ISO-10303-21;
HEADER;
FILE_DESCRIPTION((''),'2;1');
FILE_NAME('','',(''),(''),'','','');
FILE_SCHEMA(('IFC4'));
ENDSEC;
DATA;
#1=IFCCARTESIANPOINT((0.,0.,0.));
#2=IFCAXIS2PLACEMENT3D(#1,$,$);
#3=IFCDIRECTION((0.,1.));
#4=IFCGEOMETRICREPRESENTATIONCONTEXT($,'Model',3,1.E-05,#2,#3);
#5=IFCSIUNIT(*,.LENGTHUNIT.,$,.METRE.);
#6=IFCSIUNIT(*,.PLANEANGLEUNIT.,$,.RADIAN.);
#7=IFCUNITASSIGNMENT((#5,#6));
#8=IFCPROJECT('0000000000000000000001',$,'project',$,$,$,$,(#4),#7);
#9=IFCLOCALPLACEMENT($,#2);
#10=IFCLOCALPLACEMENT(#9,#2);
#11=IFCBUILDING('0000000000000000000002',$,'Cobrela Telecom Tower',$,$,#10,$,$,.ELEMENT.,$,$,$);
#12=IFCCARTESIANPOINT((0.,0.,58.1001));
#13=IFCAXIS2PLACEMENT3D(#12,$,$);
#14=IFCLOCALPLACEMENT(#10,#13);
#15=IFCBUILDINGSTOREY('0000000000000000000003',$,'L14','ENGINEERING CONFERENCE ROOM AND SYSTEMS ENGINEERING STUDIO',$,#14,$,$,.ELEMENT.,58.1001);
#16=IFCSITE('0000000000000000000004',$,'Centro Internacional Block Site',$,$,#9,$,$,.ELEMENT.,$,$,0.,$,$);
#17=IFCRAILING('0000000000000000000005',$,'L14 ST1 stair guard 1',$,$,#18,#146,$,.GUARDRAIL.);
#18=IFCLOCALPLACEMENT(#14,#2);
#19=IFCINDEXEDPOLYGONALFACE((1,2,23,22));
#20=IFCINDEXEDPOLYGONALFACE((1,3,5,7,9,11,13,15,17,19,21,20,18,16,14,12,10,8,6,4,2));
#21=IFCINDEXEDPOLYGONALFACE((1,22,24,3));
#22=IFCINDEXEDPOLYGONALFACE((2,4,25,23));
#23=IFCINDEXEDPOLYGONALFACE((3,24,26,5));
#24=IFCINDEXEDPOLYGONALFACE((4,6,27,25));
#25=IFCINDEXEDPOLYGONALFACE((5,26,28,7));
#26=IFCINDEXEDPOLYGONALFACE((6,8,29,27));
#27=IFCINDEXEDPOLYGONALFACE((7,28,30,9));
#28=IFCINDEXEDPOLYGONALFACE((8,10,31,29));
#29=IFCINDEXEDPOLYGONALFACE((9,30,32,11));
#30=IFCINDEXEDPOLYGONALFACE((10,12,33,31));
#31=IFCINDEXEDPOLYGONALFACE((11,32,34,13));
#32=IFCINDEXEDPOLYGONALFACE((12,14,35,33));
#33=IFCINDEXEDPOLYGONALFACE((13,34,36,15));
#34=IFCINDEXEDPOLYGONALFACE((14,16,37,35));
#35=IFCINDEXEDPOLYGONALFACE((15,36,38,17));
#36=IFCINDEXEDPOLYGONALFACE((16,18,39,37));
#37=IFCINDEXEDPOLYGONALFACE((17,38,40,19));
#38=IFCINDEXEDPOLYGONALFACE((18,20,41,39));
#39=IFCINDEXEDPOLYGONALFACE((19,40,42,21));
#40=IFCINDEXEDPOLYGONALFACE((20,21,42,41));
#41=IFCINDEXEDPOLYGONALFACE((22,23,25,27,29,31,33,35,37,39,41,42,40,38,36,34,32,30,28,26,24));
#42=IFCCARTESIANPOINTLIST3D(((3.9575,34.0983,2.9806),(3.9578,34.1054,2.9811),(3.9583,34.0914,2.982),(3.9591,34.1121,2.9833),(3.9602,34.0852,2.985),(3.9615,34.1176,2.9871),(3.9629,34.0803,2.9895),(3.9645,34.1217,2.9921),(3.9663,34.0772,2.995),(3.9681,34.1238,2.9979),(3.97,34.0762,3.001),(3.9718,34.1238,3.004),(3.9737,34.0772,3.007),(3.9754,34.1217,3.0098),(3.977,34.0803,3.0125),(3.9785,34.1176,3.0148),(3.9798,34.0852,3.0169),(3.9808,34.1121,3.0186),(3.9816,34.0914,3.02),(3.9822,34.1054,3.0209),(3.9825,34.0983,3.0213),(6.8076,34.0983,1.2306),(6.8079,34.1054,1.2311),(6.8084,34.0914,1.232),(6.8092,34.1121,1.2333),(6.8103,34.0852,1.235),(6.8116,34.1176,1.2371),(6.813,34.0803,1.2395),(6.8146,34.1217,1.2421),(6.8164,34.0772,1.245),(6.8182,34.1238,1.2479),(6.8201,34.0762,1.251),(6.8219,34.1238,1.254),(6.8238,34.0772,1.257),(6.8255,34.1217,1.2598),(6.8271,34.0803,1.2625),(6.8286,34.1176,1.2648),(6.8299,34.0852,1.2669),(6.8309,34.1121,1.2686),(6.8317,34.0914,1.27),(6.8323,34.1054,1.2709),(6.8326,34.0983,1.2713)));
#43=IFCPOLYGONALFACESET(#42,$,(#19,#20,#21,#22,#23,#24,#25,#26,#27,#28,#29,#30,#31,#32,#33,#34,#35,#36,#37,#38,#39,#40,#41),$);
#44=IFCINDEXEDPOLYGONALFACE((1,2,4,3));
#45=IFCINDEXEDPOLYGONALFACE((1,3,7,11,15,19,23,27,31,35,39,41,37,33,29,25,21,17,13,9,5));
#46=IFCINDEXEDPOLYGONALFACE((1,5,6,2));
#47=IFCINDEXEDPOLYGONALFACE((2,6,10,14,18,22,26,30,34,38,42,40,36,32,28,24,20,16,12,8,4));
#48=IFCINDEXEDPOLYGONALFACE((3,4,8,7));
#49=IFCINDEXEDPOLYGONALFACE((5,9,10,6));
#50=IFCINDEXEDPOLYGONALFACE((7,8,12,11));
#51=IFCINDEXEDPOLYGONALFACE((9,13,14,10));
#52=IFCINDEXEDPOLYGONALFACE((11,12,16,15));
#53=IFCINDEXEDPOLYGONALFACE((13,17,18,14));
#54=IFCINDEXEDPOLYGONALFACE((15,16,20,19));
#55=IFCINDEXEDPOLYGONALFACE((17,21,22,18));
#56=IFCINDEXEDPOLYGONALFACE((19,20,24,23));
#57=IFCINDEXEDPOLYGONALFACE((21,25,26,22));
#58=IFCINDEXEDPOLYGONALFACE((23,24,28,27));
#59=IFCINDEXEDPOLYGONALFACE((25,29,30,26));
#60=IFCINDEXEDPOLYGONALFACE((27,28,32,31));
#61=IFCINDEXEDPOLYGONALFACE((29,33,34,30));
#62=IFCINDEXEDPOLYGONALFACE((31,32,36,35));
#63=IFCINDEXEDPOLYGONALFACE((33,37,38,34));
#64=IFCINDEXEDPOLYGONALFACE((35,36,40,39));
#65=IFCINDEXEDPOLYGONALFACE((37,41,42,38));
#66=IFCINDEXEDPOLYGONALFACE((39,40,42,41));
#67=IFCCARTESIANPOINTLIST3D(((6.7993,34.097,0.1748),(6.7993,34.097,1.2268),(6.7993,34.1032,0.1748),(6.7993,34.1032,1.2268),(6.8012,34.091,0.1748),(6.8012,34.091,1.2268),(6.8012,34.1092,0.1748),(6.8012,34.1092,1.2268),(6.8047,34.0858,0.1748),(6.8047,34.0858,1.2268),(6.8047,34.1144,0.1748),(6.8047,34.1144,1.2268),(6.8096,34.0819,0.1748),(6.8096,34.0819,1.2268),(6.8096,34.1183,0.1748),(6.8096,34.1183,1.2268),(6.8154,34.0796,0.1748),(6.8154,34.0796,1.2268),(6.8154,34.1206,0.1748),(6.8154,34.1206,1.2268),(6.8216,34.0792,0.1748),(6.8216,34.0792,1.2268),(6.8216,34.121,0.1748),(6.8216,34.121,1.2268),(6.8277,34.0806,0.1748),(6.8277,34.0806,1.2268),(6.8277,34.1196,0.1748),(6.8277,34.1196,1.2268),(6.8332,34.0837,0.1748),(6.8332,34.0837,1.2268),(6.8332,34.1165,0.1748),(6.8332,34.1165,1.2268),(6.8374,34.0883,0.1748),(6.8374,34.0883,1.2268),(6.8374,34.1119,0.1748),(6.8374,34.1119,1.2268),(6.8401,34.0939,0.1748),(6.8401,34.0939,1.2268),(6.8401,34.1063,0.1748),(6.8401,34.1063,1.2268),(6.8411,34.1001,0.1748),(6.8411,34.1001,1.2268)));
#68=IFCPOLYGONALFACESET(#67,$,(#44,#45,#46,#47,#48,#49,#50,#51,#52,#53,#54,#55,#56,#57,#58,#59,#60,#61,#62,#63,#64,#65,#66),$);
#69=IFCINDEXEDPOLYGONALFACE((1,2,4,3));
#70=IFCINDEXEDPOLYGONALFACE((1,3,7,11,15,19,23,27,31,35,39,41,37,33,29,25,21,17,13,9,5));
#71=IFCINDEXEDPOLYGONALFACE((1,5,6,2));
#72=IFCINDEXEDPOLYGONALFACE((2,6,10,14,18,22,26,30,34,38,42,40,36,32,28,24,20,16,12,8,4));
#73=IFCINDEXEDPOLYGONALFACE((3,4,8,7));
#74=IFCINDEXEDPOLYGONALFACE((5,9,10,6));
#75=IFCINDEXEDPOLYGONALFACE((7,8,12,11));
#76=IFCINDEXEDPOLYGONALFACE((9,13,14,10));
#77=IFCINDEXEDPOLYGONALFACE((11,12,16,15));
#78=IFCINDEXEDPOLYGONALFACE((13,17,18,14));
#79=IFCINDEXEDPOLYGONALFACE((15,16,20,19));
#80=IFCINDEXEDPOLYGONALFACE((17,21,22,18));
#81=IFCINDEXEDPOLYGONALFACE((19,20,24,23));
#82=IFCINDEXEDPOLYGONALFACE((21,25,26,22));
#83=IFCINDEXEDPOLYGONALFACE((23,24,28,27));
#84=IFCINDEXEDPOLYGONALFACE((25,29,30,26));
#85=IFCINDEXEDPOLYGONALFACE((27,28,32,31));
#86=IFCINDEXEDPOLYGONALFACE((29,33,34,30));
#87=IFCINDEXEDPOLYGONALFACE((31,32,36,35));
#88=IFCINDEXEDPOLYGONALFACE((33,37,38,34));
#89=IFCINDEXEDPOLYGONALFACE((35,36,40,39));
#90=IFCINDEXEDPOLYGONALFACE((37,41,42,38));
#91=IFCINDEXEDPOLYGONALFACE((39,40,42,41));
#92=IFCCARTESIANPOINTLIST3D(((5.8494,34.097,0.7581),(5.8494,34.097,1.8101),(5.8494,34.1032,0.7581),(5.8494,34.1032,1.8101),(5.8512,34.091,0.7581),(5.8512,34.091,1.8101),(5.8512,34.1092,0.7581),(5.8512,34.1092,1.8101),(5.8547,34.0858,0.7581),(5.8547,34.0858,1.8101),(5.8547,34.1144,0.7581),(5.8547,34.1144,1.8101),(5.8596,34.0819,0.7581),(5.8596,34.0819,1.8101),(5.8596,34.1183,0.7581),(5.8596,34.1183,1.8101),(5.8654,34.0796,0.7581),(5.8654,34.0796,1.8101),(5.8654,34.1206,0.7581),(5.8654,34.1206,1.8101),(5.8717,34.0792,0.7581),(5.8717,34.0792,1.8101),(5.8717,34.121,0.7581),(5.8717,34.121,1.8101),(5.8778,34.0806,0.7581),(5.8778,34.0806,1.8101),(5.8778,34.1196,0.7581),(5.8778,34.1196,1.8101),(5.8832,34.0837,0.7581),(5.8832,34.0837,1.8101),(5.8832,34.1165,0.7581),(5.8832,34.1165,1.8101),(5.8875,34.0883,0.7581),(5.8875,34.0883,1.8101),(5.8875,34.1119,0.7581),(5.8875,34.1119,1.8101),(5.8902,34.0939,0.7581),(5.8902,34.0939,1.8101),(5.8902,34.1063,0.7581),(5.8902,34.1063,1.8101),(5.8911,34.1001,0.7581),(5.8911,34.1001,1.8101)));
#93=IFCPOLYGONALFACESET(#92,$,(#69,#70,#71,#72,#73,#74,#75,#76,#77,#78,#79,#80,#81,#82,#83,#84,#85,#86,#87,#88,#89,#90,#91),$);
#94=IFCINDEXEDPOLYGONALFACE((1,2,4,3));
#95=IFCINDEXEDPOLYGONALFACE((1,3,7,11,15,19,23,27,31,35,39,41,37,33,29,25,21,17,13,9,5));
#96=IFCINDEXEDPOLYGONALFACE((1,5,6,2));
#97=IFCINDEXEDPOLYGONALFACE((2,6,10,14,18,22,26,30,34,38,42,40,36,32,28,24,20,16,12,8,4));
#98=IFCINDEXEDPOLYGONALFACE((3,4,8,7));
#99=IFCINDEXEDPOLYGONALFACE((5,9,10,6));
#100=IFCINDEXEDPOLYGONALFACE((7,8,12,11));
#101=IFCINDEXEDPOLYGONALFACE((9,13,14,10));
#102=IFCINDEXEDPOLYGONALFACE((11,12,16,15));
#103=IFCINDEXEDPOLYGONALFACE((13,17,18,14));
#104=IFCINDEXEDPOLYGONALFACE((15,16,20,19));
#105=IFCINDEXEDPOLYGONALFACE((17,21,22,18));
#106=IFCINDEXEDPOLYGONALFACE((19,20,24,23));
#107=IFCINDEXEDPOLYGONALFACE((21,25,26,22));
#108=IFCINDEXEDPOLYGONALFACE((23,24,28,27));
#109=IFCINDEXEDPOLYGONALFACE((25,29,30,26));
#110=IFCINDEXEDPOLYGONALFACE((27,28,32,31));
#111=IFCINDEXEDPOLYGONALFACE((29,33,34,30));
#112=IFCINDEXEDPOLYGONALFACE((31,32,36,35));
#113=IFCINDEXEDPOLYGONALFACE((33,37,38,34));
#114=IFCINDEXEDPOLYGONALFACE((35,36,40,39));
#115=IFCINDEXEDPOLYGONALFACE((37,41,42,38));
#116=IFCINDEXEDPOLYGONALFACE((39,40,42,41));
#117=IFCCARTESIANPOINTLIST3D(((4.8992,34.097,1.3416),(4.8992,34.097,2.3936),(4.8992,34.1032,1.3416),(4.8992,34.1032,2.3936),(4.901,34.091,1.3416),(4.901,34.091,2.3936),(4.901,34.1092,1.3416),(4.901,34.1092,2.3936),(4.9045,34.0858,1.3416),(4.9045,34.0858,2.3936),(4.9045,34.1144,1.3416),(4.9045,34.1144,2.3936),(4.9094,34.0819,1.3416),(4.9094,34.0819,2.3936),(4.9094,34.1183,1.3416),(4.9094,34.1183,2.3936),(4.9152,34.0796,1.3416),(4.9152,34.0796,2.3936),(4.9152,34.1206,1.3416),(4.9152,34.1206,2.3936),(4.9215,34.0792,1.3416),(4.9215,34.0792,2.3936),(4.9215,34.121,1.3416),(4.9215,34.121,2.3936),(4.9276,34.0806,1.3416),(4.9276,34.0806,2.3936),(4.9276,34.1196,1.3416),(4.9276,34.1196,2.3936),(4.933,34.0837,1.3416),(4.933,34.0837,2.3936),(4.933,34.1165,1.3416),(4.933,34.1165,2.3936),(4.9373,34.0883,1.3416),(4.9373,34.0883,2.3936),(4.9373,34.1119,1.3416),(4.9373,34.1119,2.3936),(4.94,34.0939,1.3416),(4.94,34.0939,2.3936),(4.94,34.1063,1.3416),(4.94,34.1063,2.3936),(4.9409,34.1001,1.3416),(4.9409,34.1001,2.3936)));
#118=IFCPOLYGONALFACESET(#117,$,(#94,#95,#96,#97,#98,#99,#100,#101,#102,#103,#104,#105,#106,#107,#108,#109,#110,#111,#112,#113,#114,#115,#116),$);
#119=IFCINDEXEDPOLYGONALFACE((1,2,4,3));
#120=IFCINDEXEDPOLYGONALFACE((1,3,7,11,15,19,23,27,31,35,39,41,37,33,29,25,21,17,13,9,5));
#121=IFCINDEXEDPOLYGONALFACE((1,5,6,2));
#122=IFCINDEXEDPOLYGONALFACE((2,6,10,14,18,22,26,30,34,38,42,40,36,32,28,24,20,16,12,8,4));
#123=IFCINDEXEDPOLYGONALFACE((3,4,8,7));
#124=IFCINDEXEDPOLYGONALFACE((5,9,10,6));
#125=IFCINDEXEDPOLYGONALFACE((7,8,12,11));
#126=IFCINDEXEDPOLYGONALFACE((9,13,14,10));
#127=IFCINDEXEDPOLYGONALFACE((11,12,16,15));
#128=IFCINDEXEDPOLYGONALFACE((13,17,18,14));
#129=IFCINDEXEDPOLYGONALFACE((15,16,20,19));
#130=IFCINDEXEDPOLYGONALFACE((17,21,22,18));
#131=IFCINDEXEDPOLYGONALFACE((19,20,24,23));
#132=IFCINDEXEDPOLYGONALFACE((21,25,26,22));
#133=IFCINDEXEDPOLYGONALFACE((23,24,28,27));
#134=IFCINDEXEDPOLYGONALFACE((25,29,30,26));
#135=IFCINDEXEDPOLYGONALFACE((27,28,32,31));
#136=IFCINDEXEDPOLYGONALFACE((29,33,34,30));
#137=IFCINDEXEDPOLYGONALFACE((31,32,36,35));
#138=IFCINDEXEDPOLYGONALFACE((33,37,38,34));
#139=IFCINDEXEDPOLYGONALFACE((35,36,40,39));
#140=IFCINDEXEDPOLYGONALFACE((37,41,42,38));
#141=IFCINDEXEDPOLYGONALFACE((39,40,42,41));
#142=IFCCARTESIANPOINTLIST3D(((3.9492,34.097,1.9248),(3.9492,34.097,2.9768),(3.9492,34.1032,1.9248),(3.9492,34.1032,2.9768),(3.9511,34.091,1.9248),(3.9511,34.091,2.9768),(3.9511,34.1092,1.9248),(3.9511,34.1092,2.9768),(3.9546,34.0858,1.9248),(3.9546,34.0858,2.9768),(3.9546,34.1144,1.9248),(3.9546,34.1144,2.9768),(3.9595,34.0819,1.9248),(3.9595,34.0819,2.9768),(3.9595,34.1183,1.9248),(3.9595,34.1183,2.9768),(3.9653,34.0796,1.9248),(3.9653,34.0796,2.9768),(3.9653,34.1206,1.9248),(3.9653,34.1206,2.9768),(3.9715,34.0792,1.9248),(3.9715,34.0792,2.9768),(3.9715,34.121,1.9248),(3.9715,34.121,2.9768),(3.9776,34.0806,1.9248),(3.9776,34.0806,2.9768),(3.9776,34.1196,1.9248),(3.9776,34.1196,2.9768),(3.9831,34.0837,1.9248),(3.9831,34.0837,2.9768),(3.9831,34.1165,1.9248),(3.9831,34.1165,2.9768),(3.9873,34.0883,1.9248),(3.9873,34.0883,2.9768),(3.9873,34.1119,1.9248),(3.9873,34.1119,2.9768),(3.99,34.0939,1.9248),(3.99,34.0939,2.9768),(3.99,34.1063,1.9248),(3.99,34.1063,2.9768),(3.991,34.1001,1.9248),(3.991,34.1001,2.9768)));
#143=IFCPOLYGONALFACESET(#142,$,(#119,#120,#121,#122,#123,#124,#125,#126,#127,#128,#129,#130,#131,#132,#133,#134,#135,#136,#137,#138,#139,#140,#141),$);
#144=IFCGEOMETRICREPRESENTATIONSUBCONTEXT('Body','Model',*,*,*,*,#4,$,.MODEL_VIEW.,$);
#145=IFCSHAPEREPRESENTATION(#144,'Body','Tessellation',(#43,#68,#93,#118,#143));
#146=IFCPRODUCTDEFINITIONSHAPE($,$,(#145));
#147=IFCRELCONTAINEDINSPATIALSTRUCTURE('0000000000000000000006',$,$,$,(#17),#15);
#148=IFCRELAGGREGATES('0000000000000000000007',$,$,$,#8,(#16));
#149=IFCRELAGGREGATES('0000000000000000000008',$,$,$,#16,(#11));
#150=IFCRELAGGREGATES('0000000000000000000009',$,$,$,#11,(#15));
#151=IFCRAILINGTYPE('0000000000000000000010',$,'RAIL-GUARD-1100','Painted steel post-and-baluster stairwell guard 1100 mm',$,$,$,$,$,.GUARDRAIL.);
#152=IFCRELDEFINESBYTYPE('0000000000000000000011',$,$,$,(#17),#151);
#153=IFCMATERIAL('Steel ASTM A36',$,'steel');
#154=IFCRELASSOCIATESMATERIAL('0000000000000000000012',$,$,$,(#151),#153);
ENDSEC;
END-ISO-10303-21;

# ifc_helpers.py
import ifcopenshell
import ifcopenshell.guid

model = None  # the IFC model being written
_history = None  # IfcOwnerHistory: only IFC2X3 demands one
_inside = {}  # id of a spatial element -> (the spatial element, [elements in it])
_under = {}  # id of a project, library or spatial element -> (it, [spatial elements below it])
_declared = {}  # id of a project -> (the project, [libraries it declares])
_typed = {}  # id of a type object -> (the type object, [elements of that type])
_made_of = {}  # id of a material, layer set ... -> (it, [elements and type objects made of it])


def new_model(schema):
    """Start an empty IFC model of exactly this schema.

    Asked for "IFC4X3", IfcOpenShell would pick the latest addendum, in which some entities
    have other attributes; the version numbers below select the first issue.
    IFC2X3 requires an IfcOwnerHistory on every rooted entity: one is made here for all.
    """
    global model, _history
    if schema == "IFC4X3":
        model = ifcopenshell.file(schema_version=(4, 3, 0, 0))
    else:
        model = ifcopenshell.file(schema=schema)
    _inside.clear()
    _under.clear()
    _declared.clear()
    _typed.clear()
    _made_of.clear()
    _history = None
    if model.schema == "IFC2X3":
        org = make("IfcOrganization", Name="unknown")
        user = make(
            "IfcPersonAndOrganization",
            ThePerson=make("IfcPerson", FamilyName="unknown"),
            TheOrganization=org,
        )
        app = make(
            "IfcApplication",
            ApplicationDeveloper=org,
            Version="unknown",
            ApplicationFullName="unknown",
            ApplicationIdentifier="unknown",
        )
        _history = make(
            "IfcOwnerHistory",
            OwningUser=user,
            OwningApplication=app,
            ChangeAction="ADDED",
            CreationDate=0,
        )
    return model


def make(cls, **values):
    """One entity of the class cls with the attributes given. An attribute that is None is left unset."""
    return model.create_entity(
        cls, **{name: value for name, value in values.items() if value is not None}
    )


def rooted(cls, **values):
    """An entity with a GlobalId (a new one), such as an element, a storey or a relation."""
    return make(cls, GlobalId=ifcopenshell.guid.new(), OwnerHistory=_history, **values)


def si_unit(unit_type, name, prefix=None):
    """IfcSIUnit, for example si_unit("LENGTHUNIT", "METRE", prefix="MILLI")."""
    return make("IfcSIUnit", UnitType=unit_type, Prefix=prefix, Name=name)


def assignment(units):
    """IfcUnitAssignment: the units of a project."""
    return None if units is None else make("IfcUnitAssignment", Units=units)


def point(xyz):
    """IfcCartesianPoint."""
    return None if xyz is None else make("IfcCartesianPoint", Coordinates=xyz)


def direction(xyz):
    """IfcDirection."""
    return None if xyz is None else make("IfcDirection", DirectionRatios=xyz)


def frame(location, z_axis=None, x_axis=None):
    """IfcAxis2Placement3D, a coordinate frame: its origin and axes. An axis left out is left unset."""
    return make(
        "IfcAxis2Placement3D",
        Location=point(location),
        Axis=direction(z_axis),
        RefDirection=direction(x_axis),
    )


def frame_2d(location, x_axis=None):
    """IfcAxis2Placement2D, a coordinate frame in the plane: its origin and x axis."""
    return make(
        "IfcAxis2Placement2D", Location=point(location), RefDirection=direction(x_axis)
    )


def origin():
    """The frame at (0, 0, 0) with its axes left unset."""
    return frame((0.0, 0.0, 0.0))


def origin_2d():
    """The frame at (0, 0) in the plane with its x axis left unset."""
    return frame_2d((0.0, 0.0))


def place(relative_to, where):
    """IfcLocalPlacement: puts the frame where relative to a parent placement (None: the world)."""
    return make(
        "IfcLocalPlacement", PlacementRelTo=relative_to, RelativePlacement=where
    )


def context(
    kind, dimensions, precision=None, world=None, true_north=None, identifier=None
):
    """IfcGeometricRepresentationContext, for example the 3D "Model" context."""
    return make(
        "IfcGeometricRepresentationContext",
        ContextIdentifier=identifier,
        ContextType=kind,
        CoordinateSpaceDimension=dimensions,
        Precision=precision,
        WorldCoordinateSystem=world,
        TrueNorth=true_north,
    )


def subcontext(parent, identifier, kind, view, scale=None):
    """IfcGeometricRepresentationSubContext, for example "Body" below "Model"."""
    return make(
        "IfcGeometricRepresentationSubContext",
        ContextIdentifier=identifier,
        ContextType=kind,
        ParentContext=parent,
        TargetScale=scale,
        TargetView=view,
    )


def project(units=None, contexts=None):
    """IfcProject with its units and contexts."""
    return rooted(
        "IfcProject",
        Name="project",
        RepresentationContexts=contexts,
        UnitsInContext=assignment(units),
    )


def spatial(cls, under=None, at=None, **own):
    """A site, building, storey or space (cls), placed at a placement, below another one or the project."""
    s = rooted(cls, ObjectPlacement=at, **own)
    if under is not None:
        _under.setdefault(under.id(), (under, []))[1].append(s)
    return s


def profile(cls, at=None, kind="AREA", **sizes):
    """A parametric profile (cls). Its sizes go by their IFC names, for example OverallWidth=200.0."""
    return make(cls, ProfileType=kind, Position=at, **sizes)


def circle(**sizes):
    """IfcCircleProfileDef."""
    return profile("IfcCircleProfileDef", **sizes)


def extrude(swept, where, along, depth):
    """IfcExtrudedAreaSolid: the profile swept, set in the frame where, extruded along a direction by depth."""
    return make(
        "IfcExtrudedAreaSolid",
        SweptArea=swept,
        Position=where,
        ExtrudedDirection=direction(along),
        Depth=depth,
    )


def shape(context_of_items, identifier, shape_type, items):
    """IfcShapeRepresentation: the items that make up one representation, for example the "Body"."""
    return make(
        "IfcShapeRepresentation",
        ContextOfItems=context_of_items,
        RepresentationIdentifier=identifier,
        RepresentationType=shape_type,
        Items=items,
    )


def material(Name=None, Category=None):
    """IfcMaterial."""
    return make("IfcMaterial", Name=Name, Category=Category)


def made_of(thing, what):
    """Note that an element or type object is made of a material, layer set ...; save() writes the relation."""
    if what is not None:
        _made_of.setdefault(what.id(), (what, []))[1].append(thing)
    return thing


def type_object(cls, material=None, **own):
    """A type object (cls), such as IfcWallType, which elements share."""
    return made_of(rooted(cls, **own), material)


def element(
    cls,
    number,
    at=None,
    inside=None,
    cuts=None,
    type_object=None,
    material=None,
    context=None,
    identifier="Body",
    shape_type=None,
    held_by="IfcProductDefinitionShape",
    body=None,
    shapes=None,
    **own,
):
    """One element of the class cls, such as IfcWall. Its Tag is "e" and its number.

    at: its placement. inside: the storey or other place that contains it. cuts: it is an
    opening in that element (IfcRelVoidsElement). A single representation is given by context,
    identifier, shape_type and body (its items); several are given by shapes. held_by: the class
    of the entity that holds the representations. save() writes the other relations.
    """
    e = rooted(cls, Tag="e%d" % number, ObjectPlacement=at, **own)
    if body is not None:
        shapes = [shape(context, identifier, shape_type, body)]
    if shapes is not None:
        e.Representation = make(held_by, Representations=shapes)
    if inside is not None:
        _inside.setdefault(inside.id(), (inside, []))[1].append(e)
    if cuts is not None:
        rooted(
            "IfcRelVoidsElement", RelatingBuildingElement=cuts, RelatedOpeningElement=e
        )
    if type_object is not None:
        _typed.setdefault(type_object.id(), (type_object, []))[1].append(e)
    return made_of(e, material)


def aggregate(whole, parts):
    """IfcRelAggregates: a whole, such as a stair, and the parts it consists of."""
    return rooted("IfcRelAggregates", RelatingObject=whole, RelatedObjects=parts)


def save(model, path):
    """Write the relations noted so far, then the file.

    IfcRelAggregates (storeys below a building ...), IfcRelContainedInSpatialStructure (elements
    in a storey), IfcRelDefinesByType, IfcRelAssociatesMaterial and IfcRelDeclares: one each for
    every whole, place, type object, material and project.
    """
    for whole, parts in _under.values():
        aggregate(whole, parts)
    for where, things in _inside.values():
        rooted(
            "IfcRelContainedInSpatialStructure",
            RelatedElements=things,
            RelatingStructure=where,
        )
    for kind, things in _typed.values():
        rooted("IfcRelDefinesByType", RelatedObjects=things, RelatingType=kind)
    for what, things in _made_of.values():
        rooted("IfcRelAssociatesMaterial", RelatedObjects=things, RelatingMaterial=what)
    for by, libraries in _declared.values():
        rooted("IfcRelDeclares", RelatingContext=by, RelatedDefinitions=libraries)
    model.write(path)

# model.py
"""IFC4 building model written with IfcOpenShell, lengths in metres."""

from ifc_helpers import new_model, si_unit, direction, frame, origin, origin_2d, place, context, subcontext, project, spatial, circle, extrude, material, type_object, element, save


model = new_model("IFC4")

# Units and contexts
model_context = context("Model", 3, precision=1e-05, world=origin(), true_north=direction((0.0, 1.0)))
body_context = subcontext(model_context, "Body", "Model", "MODEL_VIEW")
ifc_project = project(units=[si_unit("LENGTHUNIT", "METRE"), si_unit("PLANEANGLEUNIT", "RADIAN")], contexts=[model_context])

# Site, building, storey
site_placement = place(None, origin())
site = spatial("IfcSite", under=ifc_project, at=site_placement, Name="Centro Internacional Block Site", CompositionType="ELEMENT", RefElevation=0.0)
building_placement = place(site_placement, origin())
building = spatial("IfcBuilding", under=site, at=building_placement, Name="Cobrela Telecom Tower", CompositionType="ELEMENT")
storey_placement = place(building_placement, frame((0.0, 0.0, 58.1001)))
storey = spatial("IfcBuildingStorey", under=building, at=storey_placement, Name="L14", Description="ENGINEERING CONFERENCE ROOM AND SYSTEMS ENGINEERING STUDIO", CompositionType="ELEMENT", Elevation=58.1001)

# Shared definitions
ifc_material_1 = material(Name="Steel ASTM A36", Category="steel")

# Railing
railing_type_1 = type_object("IfcRailingType", Name="RAIL-GUARD-1100", Description="Painted steel post-and-baluster stairwell guard 1100 mm", PredefinedType="GUARDRAIL", material=ifc_material_1)
railing_1_placement = place(storey_placement, frame((6.8201, 34.1001, 0.1748)))
element("IfcRailing", 1, at=railing_1_placement, inside=storey, type_object=railing_type_1, Name="L14 ST1 stair guard 1", PredefinedType="GUARDRAIL", context=body_context, shape_type="SweptSolid", body=[
    extrude(circle(Radius=0.0239, at=origin_2d()), frame((0.0, 0.0, 1.0762), z_axis=(-0.852179, 0.0, 0.52325), x_axis=(0.0, -1.0, 0.0)), (0.0, 0.0, 1.0), 3.3445),
    extrude(circle(Radius=0.021, at=origin_2d()), origin(), (0.0, 0.0, 1.0), 1.052),
    extrude(circle(Radius=0.021, at=origin_2d()), frame((-0.95, 0.0, 0.5833)), (0.0, 0.0, 1.0), 1.052),
    extrude(circle(Radius=0.021, at=origin_2d()), frame((-1.9001, 0.0, 1.1667)), (0.0, 0.0, 1.0), 1.052),
    extrude(circle(Radius=0.021, at=origin_2d()), frame((-2.8501, 0.0, 1.75)), (0.0, 0.0, 1.0), 1.052),
])

save(model, "model.ifc")
